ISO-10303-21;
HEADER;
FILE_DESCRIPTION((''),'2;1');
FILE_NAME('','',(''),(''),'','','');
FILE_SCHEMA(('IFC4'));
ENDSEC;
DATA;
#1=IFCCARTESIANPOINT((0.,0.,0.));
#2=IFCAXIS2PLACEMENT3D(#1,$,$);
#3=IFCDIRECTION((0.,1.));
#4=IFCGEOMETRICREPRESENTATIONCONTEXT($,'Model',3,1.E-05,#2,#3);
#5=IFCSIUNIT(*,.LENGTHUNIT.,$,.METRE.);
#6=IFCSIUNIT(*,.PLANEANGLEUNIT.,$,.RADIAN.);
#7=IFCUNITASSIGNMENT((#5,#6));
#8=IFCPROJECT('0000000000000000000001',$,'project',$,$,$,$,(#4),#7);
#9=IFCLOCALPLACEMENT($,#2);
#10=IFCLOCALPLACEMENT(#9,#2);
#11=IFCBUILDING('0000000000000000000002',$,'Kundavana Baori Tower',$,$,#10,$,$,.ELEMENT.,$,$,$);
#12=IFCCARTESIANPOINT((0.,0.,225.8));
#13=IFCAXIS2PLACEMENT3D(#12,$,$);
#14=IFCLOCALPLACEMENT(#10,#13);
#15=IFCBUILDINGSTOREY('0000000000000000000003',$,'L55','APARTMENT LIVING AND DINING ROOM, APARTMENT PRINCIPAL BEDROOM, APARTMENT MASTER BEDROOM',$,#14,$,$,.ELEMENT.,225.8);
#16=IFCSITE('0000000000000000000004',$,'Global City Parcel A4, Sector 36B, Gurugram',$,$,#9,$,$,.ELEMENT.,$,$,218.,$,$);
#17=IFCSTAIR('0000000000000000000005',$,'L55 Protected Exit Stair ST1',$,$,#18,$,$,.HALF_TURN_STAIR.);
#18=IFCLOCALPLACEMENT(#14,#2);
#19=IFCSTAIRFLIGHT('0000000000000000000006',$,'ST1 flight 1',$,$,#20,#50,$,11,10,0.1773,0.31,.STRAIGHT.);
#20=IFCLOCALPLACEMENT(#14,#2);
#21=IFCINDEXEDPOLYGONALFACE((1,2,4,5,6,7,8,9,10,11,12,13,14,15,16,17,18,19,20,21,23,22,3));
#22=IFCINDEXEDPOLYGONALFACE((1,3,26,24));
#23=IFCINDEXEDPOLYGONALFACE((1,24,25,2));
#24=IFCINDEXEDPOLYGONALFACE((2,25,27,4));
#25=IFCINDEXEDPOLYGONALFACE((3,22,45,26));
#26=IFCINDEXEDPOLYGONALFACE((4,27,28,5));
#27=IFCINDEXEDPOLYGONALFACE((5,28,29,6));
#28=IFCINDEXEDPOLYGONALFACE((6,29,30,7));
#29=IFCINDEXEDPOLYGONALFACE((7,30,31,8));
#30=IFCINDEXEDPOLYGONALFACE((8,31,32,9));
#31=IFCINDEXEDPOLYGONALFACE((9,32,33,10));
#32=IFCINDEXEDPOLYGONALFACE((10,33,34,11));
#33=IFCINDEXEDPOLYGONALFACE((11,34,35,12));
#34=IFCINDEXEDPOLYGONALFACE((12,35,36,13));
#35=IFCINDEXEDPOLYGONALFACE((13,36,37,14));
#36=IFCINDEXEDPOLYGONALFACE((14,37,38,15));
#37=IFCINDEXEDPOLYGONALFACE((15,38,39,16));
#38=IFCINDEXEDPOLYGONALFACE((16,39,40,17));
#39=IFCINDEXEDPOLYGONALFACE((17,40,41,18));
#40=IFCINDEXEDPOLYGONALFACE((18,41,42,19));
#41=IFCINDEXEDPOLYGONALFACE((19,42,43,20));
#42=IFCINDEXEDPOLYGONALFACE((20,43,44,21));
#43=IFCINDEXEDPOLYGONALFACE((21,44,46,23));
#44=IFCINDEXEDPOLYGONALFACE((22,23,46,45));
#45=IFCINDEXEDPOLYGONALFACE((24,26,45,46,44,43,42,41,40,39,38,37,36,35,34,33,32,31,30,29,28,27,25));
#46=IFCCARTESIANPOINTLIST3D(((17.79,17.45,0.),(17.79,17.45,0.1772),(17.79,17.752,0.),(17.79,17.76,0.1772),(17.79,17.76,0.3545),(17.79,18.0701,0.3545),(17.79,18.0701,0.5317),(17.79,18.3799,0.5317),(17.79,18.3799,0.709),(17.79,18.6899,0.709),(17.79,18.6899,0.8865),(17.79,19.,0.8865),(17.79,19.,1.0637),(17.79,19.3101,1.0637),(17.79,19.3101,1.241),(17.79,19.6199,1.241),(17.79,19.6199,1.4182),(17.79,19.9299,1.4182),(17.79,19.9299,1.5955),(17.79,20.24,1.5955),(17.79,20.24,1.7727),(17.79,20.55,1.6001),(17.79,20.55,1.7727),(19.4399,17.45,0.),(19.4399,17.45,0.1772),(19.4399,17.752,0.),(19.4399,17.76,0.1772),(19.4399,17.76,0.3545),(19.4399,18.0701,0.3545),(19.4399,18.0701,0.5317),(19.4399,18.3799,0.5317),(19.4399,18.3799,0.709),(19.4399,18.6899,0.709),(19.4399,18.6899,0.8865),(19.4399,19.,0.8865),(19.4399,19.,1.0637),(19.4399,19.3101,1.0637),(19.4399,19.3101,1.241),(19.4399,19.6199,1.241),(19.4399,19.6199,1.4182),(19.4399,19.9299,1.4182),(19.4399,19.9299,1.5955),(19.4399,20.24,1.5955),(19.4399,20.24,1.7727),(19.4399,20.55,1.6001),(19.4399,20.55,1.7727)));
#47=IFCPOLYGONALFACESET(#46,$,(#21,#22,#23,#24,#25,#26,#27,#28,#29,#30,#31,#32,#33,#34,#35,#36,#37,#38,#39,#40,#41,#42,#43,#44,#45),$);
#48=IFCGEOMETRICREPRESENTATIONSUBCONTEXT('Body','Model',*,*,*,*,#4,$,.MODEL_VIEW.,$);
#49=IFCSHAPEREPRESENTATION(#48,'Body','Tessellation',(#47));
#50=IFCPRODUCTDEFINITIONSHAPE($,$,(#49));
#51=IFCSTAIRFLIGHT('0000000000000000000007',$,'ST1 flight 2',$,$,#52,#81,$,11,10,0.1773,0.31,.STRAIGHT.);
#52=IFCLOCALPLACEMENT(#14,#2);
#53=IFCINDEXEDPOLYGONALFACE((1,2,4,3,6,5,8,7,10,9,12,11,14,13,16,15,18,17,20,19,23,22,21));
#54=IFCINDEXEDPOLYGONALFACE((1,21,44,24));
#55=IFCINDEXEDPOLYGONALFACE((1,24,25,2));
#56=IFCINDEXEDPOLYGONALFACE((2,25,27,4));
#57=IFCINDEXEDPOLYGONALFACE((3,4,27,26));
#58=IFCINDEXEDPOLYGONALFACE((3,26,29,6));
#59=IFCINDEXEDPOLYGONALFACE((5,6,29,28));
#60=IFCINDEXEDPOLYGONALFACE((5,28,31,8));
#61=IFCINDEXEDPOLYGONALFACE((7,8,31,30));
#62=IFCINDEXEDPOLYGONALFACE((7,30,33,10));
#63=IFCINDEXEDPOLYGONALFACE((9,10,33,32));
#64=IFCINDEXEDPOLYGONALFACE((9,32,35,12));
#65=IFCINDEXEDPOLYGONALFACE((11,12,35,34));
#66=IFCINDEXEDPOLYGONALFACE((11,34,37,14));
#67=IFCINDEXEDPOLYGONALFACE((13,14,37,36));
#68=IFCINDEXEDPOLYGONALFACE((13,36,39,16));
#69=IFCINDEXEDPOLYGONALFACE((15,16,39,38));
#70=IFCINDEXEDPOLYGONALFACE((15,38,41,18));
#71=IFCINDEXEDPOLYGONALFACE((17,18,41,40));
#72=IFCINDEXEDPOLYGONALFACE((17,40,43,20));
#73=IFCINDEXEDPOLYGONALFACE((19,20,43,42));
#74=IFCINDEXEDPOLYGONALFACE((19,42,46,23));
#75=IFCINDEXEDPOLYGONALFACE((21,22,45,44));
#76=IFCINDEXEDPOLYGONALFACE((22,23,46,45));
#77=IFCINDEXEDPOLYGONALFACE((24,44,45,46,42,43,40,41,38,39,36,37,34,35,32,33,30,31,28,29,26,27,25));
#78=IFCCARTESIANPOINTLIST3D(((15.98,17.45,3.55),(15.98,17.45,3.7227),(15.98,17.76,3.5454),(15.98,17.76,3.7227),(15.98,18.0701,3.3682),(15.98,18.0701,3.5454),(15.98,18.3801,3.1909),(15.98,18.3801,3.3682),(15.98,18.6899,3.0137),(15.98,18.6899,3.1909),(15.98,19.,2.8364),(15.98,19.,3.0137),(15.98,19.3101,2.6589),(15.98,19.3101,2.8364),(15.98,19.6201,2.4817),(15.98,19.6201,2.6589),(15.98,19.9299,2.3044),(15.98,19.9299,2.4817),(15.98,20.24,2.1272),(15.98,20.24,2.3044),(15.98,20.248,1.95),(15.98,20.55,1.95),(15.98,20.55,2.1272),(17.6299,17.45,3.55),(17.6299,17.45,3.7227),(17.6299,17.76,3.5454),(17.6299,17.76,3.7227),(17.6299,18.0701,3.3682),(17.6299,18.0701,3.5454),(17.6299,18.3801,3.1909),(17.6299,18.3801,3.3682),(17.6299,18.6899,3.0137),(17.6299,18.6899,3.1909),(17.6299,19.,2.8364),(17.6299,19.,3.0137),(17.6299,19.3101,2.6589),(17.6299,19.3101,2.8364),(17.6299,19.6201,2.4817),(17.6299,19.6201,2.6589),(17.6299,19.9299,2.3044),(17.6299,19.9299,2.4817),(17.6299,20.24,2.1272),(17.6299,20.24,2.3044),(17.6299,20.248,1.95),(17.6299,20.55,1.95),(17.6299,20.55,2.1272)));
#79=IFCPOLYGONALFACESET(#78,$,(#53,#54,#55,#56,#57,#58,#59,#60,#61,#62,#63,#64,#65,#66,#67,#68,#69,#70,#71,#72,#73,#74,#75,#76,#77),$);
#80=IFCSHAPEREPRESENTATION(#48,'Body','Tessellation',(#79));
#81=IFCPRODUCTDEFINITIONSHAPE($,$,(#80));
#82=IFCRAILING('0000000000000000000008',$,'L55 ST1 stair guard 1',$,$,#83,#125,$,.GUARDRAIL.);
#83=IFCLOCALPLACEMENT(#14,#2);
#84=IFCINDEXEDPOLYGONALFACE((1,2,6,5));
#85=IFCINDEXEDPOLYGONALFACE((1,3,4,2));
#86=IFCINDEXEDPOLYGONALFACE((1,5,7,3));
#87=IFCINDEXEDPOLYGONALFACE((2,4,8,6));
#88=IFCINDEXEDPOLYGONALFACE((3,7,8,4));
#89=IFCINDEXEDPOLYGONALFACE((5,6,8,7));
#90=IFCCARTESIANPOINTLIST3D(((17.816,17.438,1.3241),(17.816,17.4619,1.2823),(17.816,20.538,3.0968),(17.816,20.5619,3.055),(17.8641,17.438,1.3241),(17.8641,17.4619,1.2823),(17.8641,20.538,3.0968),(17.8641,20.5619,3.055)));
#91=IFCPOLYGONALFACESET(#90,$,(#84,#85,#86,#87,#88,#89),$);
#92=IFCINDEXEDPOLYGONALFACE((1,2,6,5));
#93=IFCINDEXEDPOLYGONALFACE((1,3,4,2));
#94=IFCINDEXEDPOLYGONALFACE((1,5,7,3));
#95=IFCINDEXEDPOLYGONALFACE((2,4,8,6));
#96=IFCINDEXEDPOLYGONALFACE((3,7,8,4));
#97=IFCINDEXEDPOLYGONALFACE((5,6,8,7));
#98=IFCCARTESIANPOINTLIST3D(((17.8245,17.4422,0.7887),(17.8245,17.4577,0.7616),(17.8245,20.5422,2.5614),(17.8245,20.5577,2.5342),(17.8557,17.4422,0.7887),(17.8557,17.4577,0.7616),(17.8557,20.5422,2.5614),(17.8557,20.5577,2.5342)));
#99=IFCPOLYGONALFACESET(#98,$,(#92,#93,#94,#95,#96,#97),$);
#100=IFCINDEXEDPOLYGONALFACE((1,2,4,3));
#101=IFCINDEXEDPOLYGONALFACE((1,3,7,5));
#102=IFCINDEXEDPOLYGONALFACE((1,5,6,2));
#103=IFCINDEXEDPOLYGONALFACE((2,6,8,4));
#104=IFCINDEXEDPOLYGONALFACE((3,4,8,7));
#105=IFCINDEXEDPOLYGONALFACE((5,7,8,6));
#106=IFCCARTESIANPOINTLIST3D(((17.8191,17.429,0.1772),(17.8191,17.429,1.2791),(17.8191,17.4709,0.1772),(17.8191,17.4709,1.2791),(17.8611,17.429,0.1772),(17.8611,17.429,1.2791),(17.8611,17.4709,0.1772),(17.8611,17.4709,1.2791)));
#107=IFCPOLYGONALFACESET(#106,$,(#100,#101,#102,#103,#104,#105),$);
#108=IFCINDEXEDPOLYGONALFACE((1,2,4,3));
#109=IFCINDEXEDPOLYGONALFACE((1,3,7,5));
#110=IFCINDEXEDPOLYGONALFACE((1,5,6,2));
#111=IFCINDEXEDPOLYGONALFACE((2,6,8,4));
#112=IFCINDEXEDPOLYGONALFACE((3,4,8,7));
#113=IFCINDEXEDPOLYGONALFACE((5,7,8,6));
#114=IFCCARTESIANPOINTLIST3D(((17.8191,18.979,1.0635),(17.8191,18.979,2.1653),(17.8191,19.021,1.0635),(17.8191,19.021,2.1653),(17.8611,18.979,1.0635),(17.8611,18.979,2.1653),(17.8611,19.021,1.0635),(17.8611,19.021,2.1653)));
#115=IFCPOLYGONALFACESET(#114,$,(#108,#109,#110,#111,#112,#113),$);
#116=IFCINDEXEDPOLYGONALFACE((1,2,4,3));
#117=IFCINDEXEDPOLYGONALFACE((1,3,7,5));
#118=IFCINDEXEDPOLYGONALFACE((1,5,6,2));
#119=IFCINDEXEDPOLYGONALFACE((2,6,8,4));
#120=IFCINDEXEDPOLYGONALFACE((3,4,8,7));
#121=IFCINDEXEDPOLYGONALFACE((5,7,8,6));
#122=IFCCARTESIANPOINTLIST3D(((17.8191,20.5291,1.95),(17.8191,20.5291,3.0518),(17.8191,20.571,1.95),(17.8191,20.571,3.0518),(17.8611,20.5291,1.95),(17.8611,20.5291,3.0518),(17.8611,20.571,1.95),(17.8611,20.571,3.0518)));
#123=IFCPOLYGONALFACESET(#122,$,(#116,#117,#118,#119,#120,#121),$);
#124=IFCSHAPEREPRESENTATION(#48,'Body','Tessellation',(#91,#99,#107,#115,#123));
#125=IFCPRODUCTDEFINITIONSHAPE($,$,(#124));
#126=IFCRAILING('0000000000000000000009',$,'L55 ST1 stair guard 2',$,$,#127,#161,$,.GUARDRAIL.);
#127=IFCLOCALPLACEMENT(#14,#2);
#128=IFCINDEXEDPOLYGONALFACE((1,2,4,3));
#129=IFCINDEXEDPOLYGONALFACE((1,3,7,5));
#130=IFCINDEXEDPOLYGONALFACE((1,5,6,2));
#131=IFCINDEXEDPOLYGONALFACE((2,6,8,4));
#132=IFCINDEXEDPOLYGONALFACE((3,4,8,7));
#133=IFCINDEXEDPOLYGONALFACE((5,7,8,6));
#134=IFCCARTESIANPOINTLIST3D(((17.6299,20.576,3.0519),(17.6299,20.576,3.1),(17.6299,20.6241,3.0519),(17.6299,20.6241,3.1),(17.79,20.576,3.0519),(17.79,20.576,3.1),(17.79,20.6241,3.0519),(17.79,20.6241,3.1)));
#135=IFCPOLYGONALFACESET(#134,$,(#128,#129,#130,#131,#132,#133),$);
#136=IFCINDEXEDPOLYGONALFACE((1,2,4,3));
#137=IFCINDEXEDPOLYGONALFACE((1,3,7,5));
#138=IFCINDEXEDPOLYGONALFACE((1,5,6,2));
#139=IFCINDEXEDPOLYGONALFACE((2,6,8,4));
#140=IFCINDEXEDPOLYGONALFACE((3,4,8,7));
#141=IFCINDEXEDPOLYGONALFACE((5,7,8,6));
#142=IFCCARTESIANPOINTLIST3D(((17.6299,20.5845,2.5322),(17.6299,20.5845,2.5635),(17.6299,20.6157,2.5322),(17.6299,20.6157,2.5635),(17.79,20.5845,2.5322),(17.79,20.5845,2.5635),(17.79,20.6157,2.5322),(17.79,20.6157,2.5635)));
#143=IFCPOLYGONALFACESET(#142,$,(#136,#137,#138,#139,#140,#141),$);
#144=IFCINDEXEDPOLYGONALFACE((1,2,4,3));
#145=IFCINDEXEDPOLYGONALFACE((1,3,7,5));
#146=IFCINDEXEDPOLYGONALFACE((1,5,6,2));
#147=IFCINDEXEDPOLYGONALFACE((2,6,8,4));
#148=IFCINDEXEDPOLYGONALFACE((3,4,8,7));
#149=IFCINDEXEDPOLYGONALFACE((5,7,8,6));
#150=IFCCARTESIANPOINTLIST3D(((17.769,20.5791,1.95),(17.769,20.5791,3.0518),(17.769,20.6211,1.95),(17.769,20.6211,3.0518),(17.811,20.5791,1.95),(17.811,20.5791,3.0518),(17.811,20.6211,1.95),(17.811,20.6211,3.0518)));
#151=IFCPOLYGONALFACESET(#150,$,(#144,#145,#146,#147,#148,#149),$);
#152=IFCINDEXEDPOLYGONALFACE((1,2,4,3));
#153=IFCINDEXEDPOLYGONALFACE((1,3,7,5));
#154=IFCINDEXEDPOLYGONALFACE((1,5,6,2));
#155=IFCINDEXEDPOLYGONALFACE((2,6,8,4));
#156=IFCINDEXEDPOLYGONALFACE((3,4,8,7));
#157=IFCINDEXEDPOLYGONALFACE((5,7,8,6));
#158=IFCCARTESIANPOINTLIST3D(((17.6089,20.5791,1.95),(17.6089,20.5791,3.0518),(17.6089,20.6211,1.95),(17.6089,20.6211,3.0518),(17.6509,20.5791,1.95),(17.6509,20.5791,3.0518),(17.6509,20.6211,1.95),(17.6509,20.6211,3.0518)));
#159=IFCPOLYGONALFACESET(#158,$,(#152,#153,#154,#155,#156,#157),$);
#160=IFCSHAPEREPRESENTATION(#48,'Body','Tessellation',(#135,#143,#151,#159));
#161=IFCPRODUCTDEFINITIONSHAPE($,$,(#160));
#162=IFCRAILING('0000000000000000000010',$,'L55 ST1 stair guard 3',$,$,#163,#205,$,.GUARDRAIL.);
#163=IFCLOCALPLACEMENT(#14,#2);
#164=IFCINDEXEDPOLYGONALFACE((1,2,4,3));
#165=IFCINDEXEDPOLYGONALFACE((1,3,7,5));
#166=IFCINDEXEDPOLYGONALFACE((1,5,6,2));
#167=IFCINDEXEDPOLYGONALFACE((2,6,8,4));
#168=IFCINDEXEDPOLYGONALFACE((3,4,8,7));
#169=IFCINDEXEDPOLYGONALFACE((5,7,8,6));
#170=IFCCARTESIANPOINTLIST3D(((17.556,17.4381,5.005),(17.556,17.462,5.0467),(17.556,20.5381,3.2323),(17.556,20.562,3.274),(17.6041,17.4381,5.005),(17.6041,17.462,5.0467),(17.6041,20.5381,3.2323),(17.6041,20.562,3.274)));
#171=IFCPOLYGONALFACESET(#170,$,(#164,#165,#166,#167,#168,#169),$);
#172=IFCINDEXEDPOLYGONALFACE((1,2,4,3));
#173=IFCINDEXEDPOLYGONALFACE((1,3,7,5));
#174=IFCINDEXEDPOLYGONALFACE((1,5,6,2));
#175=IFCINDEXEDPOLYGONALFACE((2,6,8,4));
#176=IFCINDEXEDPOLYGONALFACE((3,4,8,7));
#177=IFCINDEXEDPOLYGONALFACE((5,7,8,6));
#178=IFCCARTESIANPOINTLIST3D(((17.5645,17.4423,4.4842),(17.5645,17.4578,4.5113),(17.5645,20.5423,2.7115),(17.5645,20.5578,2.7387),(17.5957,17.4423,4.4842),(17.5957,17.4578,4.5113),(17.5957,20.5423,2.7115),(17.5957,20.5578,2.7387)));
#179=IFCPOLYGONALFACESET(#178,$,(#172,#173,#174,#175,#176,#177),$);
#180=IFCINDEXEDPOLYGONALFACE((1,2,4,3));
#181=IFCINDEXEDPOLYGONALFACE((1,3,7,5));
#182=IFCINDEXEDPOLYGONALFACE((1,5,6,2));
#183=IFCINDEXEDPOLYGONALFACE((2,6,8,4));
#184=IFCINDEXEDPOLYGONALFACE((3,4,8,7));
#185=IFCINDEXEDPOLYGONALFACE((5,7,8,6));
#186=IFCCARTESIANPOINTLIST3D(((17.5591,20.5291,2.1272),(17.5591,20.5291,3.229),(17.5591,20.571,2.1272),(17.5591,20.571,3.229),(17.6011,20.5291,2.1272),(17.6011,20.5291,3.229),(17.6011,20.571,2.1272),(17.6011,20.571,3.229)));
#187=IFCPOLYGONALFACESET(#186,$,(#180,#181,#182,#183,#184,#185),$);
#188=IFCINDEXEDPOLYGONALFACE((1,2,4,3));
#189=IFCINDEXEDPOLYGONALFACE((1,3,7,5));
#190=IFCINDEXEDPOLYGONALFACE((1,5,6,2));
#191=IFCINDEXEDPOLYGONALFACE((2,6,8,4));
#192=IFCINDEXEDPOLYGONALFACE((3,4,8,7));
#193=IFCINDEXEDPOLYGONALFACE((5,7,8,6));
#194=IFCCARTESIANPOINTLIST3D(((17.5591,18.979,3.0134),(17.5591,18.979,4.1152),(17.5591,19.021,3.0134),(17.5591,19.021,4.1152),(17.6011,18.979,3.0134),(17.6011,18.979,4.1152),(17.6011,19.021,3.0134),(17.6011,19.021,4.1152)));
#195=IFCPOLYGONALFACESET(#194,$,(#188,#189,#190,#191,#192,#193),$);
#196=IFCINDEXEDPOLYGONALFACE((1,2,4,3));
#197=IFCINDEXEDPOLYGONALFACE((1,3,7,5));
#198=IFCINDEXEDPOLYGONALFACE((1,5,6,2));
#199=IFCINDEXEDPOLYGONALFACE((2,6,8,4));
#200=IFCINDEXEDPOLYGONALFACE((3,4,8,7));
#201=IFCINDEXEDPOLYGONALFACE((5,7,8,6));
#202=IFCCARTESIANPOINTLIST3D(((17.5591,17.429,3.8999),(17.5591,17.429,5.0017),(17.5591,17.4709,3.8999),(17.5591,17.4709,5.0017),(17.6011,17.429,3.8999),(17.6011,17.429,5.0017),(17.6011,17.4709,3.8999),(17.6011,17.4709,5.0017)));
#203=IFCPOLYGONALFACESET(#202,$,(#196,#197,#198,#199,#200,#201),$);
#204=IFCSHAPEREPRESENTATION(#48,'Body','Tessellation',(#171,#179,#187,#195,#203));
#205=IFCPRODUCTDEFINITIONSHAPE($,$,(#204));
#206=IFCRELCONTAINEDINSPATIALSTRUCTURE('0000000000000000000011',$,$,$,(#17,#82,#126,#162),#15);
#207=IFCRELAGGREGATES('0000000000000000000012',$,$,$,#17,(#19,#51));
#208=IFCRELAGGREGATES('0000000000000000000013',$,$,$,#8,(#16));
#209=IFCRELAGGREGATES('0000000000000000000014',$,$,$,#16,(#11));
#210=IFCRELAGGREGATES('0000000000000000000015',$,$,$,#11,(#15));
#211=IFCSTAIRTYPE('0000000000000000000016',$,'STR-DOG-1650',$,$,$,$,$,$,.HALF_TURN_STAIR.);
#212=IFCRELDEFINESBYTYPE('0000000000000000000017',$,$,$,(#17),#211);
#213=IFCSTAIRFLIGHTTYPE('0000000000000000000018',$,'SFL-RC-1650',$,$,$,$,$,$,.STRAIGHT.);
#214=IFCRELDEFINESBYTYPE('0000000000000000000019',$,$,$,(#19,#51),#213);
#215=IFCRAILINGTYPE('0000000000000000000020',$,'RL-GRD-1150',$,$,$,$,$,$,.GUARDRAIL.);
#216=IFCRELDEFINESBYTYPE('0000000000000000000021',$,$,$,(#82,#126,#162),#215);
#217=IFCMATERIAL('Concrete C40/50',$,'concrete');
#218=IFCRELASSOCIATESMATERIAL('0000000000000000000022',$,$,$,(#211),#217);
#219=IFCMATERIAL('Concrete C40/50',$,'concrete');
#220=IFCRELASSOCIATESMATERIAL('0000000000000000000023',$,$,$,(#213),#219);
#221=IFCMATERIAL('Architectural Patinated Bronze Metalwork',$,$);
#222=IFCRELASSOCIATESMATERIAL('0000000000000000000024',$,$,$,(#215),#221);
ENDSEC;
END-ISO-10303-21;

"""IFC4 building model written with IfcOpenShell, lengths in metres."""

from ifc_helpers import new_model, si_unit, direction, frame, origin, origin_2d, place, context, subcontext, project, spatial, polyline, rectangle, outline, extrude, material, type_object, element, aggregate, save


model = new_model("IFC4")

# Units and contexts
model_context = context("Model", 3, precision=1e-05, world=origin(), true_north=direction((0.0, 1.0)))
body_context = subcontext(model_context, "Body", "Model", "MODEL_VIEW")
ifc_project = project(units=[si_unit("LENGTHUNIT", "METRE"), si_unit("PLANEANGLEUNIT", "RADIAN")], contexts=[model_context])

# Site, building, storey
site_placement = place(None, origin())
site = spatial("IfcSite", under=ifc_project, at=site_placement, Name="Global City Parcel A4, Sector 36B, Gurugram", CompositionType="ELEMENT", RefElevation=218.0)
building_placement = place(site_placement, origin())
building = spatial("IfcBuilding", under=site, at=building_placement, Name="Kundavana Baori Tower", CompositionType="ELEMENT")
storey_placement = place(building_placement, frame((0.0, 0.0, 225.8)))
storey = spatial("IfcBuildingStorey", under=building, at=storey_placement, Name="L55", Description="APARTMENT LIVING AND DINING ROOM, APARTMENT PRINCIPAL BEDROOM, APARTMENT MASTER BEDROOM", CompositionType="ELEMENT", Elevation=225.8)

# Stair, stair flights
ifc_material_1 = material(Name="Concrete C40/50", Category="concrete")
stair_type = type_object("IfcStairType", Name="STR-DOG-1650", PredefinedType="HALF_TURN_STAIR", material=ifc_material_1)
stair_placement = place(storey_placement, origin())
stair = element("IfcStair", 1, at=stair_placement, inside=storey, type_object=stair_type, Name="L55 Protected Exit Stair ST1", PredefinedType="HALF_TURN_STAIR")
ifc_material_2 = material(Name="Concrete C40/50", Category="concrete")
stair_flight_type = type_object("IfcStairFlightType", Name="SFL-RC-1650", PredefinedType="STRAIGHT", material=ifc_material_2)
stair_flight_1_placement = place(storey_placement, frame((18.615, 17.45, 0.0), z_axis=(0.0, 0.0, 1.0), x_axis=(0.0, 1.0, 0.0)))
stair_flight_1 = element("IfcStairFlight", 2, at=stair_flight_1_placement, type_object=stair_flight_type, Name="ST1 flight 1", NumberOfRisers=11, NumberOfTreads=10, PredefinedType="STRAIGHT", RiserHeight=0.1773, TreadLength=0.31, context=body_context, shape_type="SweptSolid", body=[
    extrude(outline(polyline([(0.0, 0.0), (0.0, 0.1772), (0.3101, 0.1772), (0.3101, 0.3545), (0.6201, 0.3545), (0.6201, 0.5317), (0.9299, 0.5317), (0.9299, 0.709), (1.24, 0.709), (1.24, 0.8865), (1.55, 0.8865), (1.55, 1.0637), (1.8601, 1.0637), (1.8601, 1.241), (2.1699, 1.241), (2.1699, 1.4182), (2.48, 1.4182), (2.48, 1.5955), (2.79, 1.5955), (2.79, 1.7727), (3.1001, 1.7727), (3.1001, 1.95), (3.1001, 1.6001), (0.302, 0.0), (0.0, 0.0)])), frame((0.0, 0.825, 0.0), z_axis=(0.0, -1.0, 0.0), x_axis=(1.0, 0.0, 0.0)), (0.0, 0.0, 1.0), 1.6499),
])
stair_flight_2_placement = place(storey_placement, frame((16.8049, 20.55, 1.95), z_axis=(0.0, 0.0, 1.0), x_axis=(0.0, -1.0, 0.0)))
stair_flight_2 = element("IfcStairFlight", 3, at=stair_flight_2_placement, type_object=stair_flight_type, Name="ST1 flight 2", NumberOfRisers=11, NumberOfTreads=10, PredefinedType="STRAIGHT", RiserHeight=0.1773, TreadLength=0.31, context=body_context, shape_type="SweptSolid", body=[
    extrude(outline(polyline([(0.0, 0.0), (0.0, 0.1772), (0.3101, 0.1772), (0.3101, 0.3545), (0.6201, 0.3545), (0.6201, 0.5317), (0.9299, 0.5317), (0.9299, 0.709), (1.24, 0.709), (1.24, 0.8865), (1.55, 0.8865), (1.55, 1.0637), (1.8601, 1.0637), (1.8601, 1.241), (2.1699, 1.241), (2.1699, 1.4182), (2.48, 1.4182), (2.48, 1.5955), (2.79, 1.5955), (2.79, 1.7727), (3.1001, 1.7727), (3.1001, 1.95), (3.1001, 1.6001), (0.302, 0.0), (0.0, 0.0)])), frame((0.0, 0.825, 0.0), z_axis=(0.0, -1.0, 0.0), x_axis=(1.0, 0.0, 0.0)), (0.0, 0.0, 1.0), 1.6499),
])
aggregate(stair, [stair_flight_1, stair_flight_2])

# Railings
ifc_material_3 = material(Name="Architectural Patinated Bronze Metalwork")
railing_type_1 = type_object("IfcRailingType", Name="RL-GRD-1150", PredefinedType="GUARDRAIL", material=ifc_material_3)
railing_1_placement = place(storey_placement, frame((17.8401, 17.45, 0.1772)))
element("IfcRailing", 4, at=railing_1_placement, inside=storey, type_object=railing_type_1, Name="L55 ST1 stair guard 1", PredefinedType="GUARDRAIL", context=body_context, shape_type="SweptSolid", body=[
    extrude(rectangle(XDim=0.0481, YDim=0.0481, at=origin_2d()), frame((0.0, 0.0, 1.126), z_axis=(0.0, 0.868096, 0.496397), x_axis=(-1.0, 0.0, 0.0)), (0.0, 0.0, 1.0), 3.571),
    extrude(rectangle(XDim=0.0312, YDim=0.0312, at=origin_2d()), frame((0.0, 0.0, 0.5979), z_axis=(0.0, 0.868096, 0.496397), x_axis=(-1.0, 0.0, 0.0)), (0.0, 0.0, 1.0), 3.571),
    extrude(rectangle(XDim=0.042, YDim=0.042, at=origin_2d()), origin(), (0.0, 0.0, 1.0), 1.1018),
    extrude(rectangle(XDim=0.042, YDim=0.042, at=origin_2d()), frame((0.0, 1.55, 0.8862)), (0.0, 0.0, 1.0), 1.1018),
    extrude(rectangle(XDim=0.042, YDim=0.042, at=origin_2d()), frame((0.0, 3.1001, 1.7727)), (0.0, 0.0, 1.0), 1.1018),
])
railing_2_placement = place(storey_placement, frame((17.79, 20.6001, 1.95)))
element("IfcRailing", 5, at=railing_2_placement, inside=storey, type_object=railing_type_1, Name="L55 ST1 stair guard 2", PredefinedType="GUARDRAIL", context=body_context, shape_type="SweptSolid", body=[
    extrude(rectangle(XDim=0.0481, YDim=0.0481, at=origin_2d()), frame((0.0, 0.0, 1.126), z_axis=(-1.0, 0.0, 0.0), x_axis=(0.0, -1.0, 0.0)), (0.0, 0.0, 1.0), 0.1602),
    extrude(rectangle(XDim=0.0312, YDim=0.0312, at=origin_2d()), frame((0.0, 0.0, 0.5979), z_axis=(-1.0, 0.0, 0.0), x_axis=(0.0, -1.0, 0.0)), (0.0, 0.0, 1.0), 0.1602),
    extrude(rectangle(XDim=0.042, YDim=0.042, at=origin_2d()), origin(), (0.0, 0.0, 1.0), 1.1018),
    extrude(rectangle(XDim=0.042, YDim=0.042, at=origin_2d()), frame((-0.1602, 0.0, 0.0)), (0.0, 0.0, 1.0), 1.1018),
])
railing_3_placement = place(storey_placement, frame((17.5801, 20.55, 2.1272)))
element("IfcRailing", 6, at=railing_3_placement, inside=storey, type_object=railing_type_1, Name="L55 ST1 stair guard 3", PredefinedType="GUARDRAIL", context=body_context, shape_type="SweptSolid", body=[
    extrude(rectangle(XDim=0.0481, YDim=0.0481, at=origin_2d()), frame((0.0, 0.0, 1.126), z_axis=(0.0, -0.868096, 0.496397), x_axis=(1.0, 0.0, 0.0)), (0.0, 0.0, 1.0), 3.571),
    extrude(rectangle(XDim=0.0312, YDim=0.0312, at=origin_2d()), frame((0.0, 0.0, 0.5979), z_axis=(0.0, -0.868096, 0.496397), x_axis=(1.0, 0.0, 0.0)), (0.0, 0.0, 1.0), 3.571),
    extrude(rectangle(XDim=0.042, YDim=0.042, at=origin_2d()), origin(), (0.0, 0.0, 1.0), 1.1018),
    extrude(rectangle(XDim=0.042, YDim=0.042, at=origin_2d()), frame((0.0, -1.55, 0.8862)), (0.0, 0.0, 1.0), 1.1018),
    extrude(rectangle(XDim=0.042, YDim=0.042, at=origin_2d()), frame((0.0, -3.1001, 1.7727)), (0.0, 0.0, 1.0), 1.1018),
])

save(model, "model.ifc")
